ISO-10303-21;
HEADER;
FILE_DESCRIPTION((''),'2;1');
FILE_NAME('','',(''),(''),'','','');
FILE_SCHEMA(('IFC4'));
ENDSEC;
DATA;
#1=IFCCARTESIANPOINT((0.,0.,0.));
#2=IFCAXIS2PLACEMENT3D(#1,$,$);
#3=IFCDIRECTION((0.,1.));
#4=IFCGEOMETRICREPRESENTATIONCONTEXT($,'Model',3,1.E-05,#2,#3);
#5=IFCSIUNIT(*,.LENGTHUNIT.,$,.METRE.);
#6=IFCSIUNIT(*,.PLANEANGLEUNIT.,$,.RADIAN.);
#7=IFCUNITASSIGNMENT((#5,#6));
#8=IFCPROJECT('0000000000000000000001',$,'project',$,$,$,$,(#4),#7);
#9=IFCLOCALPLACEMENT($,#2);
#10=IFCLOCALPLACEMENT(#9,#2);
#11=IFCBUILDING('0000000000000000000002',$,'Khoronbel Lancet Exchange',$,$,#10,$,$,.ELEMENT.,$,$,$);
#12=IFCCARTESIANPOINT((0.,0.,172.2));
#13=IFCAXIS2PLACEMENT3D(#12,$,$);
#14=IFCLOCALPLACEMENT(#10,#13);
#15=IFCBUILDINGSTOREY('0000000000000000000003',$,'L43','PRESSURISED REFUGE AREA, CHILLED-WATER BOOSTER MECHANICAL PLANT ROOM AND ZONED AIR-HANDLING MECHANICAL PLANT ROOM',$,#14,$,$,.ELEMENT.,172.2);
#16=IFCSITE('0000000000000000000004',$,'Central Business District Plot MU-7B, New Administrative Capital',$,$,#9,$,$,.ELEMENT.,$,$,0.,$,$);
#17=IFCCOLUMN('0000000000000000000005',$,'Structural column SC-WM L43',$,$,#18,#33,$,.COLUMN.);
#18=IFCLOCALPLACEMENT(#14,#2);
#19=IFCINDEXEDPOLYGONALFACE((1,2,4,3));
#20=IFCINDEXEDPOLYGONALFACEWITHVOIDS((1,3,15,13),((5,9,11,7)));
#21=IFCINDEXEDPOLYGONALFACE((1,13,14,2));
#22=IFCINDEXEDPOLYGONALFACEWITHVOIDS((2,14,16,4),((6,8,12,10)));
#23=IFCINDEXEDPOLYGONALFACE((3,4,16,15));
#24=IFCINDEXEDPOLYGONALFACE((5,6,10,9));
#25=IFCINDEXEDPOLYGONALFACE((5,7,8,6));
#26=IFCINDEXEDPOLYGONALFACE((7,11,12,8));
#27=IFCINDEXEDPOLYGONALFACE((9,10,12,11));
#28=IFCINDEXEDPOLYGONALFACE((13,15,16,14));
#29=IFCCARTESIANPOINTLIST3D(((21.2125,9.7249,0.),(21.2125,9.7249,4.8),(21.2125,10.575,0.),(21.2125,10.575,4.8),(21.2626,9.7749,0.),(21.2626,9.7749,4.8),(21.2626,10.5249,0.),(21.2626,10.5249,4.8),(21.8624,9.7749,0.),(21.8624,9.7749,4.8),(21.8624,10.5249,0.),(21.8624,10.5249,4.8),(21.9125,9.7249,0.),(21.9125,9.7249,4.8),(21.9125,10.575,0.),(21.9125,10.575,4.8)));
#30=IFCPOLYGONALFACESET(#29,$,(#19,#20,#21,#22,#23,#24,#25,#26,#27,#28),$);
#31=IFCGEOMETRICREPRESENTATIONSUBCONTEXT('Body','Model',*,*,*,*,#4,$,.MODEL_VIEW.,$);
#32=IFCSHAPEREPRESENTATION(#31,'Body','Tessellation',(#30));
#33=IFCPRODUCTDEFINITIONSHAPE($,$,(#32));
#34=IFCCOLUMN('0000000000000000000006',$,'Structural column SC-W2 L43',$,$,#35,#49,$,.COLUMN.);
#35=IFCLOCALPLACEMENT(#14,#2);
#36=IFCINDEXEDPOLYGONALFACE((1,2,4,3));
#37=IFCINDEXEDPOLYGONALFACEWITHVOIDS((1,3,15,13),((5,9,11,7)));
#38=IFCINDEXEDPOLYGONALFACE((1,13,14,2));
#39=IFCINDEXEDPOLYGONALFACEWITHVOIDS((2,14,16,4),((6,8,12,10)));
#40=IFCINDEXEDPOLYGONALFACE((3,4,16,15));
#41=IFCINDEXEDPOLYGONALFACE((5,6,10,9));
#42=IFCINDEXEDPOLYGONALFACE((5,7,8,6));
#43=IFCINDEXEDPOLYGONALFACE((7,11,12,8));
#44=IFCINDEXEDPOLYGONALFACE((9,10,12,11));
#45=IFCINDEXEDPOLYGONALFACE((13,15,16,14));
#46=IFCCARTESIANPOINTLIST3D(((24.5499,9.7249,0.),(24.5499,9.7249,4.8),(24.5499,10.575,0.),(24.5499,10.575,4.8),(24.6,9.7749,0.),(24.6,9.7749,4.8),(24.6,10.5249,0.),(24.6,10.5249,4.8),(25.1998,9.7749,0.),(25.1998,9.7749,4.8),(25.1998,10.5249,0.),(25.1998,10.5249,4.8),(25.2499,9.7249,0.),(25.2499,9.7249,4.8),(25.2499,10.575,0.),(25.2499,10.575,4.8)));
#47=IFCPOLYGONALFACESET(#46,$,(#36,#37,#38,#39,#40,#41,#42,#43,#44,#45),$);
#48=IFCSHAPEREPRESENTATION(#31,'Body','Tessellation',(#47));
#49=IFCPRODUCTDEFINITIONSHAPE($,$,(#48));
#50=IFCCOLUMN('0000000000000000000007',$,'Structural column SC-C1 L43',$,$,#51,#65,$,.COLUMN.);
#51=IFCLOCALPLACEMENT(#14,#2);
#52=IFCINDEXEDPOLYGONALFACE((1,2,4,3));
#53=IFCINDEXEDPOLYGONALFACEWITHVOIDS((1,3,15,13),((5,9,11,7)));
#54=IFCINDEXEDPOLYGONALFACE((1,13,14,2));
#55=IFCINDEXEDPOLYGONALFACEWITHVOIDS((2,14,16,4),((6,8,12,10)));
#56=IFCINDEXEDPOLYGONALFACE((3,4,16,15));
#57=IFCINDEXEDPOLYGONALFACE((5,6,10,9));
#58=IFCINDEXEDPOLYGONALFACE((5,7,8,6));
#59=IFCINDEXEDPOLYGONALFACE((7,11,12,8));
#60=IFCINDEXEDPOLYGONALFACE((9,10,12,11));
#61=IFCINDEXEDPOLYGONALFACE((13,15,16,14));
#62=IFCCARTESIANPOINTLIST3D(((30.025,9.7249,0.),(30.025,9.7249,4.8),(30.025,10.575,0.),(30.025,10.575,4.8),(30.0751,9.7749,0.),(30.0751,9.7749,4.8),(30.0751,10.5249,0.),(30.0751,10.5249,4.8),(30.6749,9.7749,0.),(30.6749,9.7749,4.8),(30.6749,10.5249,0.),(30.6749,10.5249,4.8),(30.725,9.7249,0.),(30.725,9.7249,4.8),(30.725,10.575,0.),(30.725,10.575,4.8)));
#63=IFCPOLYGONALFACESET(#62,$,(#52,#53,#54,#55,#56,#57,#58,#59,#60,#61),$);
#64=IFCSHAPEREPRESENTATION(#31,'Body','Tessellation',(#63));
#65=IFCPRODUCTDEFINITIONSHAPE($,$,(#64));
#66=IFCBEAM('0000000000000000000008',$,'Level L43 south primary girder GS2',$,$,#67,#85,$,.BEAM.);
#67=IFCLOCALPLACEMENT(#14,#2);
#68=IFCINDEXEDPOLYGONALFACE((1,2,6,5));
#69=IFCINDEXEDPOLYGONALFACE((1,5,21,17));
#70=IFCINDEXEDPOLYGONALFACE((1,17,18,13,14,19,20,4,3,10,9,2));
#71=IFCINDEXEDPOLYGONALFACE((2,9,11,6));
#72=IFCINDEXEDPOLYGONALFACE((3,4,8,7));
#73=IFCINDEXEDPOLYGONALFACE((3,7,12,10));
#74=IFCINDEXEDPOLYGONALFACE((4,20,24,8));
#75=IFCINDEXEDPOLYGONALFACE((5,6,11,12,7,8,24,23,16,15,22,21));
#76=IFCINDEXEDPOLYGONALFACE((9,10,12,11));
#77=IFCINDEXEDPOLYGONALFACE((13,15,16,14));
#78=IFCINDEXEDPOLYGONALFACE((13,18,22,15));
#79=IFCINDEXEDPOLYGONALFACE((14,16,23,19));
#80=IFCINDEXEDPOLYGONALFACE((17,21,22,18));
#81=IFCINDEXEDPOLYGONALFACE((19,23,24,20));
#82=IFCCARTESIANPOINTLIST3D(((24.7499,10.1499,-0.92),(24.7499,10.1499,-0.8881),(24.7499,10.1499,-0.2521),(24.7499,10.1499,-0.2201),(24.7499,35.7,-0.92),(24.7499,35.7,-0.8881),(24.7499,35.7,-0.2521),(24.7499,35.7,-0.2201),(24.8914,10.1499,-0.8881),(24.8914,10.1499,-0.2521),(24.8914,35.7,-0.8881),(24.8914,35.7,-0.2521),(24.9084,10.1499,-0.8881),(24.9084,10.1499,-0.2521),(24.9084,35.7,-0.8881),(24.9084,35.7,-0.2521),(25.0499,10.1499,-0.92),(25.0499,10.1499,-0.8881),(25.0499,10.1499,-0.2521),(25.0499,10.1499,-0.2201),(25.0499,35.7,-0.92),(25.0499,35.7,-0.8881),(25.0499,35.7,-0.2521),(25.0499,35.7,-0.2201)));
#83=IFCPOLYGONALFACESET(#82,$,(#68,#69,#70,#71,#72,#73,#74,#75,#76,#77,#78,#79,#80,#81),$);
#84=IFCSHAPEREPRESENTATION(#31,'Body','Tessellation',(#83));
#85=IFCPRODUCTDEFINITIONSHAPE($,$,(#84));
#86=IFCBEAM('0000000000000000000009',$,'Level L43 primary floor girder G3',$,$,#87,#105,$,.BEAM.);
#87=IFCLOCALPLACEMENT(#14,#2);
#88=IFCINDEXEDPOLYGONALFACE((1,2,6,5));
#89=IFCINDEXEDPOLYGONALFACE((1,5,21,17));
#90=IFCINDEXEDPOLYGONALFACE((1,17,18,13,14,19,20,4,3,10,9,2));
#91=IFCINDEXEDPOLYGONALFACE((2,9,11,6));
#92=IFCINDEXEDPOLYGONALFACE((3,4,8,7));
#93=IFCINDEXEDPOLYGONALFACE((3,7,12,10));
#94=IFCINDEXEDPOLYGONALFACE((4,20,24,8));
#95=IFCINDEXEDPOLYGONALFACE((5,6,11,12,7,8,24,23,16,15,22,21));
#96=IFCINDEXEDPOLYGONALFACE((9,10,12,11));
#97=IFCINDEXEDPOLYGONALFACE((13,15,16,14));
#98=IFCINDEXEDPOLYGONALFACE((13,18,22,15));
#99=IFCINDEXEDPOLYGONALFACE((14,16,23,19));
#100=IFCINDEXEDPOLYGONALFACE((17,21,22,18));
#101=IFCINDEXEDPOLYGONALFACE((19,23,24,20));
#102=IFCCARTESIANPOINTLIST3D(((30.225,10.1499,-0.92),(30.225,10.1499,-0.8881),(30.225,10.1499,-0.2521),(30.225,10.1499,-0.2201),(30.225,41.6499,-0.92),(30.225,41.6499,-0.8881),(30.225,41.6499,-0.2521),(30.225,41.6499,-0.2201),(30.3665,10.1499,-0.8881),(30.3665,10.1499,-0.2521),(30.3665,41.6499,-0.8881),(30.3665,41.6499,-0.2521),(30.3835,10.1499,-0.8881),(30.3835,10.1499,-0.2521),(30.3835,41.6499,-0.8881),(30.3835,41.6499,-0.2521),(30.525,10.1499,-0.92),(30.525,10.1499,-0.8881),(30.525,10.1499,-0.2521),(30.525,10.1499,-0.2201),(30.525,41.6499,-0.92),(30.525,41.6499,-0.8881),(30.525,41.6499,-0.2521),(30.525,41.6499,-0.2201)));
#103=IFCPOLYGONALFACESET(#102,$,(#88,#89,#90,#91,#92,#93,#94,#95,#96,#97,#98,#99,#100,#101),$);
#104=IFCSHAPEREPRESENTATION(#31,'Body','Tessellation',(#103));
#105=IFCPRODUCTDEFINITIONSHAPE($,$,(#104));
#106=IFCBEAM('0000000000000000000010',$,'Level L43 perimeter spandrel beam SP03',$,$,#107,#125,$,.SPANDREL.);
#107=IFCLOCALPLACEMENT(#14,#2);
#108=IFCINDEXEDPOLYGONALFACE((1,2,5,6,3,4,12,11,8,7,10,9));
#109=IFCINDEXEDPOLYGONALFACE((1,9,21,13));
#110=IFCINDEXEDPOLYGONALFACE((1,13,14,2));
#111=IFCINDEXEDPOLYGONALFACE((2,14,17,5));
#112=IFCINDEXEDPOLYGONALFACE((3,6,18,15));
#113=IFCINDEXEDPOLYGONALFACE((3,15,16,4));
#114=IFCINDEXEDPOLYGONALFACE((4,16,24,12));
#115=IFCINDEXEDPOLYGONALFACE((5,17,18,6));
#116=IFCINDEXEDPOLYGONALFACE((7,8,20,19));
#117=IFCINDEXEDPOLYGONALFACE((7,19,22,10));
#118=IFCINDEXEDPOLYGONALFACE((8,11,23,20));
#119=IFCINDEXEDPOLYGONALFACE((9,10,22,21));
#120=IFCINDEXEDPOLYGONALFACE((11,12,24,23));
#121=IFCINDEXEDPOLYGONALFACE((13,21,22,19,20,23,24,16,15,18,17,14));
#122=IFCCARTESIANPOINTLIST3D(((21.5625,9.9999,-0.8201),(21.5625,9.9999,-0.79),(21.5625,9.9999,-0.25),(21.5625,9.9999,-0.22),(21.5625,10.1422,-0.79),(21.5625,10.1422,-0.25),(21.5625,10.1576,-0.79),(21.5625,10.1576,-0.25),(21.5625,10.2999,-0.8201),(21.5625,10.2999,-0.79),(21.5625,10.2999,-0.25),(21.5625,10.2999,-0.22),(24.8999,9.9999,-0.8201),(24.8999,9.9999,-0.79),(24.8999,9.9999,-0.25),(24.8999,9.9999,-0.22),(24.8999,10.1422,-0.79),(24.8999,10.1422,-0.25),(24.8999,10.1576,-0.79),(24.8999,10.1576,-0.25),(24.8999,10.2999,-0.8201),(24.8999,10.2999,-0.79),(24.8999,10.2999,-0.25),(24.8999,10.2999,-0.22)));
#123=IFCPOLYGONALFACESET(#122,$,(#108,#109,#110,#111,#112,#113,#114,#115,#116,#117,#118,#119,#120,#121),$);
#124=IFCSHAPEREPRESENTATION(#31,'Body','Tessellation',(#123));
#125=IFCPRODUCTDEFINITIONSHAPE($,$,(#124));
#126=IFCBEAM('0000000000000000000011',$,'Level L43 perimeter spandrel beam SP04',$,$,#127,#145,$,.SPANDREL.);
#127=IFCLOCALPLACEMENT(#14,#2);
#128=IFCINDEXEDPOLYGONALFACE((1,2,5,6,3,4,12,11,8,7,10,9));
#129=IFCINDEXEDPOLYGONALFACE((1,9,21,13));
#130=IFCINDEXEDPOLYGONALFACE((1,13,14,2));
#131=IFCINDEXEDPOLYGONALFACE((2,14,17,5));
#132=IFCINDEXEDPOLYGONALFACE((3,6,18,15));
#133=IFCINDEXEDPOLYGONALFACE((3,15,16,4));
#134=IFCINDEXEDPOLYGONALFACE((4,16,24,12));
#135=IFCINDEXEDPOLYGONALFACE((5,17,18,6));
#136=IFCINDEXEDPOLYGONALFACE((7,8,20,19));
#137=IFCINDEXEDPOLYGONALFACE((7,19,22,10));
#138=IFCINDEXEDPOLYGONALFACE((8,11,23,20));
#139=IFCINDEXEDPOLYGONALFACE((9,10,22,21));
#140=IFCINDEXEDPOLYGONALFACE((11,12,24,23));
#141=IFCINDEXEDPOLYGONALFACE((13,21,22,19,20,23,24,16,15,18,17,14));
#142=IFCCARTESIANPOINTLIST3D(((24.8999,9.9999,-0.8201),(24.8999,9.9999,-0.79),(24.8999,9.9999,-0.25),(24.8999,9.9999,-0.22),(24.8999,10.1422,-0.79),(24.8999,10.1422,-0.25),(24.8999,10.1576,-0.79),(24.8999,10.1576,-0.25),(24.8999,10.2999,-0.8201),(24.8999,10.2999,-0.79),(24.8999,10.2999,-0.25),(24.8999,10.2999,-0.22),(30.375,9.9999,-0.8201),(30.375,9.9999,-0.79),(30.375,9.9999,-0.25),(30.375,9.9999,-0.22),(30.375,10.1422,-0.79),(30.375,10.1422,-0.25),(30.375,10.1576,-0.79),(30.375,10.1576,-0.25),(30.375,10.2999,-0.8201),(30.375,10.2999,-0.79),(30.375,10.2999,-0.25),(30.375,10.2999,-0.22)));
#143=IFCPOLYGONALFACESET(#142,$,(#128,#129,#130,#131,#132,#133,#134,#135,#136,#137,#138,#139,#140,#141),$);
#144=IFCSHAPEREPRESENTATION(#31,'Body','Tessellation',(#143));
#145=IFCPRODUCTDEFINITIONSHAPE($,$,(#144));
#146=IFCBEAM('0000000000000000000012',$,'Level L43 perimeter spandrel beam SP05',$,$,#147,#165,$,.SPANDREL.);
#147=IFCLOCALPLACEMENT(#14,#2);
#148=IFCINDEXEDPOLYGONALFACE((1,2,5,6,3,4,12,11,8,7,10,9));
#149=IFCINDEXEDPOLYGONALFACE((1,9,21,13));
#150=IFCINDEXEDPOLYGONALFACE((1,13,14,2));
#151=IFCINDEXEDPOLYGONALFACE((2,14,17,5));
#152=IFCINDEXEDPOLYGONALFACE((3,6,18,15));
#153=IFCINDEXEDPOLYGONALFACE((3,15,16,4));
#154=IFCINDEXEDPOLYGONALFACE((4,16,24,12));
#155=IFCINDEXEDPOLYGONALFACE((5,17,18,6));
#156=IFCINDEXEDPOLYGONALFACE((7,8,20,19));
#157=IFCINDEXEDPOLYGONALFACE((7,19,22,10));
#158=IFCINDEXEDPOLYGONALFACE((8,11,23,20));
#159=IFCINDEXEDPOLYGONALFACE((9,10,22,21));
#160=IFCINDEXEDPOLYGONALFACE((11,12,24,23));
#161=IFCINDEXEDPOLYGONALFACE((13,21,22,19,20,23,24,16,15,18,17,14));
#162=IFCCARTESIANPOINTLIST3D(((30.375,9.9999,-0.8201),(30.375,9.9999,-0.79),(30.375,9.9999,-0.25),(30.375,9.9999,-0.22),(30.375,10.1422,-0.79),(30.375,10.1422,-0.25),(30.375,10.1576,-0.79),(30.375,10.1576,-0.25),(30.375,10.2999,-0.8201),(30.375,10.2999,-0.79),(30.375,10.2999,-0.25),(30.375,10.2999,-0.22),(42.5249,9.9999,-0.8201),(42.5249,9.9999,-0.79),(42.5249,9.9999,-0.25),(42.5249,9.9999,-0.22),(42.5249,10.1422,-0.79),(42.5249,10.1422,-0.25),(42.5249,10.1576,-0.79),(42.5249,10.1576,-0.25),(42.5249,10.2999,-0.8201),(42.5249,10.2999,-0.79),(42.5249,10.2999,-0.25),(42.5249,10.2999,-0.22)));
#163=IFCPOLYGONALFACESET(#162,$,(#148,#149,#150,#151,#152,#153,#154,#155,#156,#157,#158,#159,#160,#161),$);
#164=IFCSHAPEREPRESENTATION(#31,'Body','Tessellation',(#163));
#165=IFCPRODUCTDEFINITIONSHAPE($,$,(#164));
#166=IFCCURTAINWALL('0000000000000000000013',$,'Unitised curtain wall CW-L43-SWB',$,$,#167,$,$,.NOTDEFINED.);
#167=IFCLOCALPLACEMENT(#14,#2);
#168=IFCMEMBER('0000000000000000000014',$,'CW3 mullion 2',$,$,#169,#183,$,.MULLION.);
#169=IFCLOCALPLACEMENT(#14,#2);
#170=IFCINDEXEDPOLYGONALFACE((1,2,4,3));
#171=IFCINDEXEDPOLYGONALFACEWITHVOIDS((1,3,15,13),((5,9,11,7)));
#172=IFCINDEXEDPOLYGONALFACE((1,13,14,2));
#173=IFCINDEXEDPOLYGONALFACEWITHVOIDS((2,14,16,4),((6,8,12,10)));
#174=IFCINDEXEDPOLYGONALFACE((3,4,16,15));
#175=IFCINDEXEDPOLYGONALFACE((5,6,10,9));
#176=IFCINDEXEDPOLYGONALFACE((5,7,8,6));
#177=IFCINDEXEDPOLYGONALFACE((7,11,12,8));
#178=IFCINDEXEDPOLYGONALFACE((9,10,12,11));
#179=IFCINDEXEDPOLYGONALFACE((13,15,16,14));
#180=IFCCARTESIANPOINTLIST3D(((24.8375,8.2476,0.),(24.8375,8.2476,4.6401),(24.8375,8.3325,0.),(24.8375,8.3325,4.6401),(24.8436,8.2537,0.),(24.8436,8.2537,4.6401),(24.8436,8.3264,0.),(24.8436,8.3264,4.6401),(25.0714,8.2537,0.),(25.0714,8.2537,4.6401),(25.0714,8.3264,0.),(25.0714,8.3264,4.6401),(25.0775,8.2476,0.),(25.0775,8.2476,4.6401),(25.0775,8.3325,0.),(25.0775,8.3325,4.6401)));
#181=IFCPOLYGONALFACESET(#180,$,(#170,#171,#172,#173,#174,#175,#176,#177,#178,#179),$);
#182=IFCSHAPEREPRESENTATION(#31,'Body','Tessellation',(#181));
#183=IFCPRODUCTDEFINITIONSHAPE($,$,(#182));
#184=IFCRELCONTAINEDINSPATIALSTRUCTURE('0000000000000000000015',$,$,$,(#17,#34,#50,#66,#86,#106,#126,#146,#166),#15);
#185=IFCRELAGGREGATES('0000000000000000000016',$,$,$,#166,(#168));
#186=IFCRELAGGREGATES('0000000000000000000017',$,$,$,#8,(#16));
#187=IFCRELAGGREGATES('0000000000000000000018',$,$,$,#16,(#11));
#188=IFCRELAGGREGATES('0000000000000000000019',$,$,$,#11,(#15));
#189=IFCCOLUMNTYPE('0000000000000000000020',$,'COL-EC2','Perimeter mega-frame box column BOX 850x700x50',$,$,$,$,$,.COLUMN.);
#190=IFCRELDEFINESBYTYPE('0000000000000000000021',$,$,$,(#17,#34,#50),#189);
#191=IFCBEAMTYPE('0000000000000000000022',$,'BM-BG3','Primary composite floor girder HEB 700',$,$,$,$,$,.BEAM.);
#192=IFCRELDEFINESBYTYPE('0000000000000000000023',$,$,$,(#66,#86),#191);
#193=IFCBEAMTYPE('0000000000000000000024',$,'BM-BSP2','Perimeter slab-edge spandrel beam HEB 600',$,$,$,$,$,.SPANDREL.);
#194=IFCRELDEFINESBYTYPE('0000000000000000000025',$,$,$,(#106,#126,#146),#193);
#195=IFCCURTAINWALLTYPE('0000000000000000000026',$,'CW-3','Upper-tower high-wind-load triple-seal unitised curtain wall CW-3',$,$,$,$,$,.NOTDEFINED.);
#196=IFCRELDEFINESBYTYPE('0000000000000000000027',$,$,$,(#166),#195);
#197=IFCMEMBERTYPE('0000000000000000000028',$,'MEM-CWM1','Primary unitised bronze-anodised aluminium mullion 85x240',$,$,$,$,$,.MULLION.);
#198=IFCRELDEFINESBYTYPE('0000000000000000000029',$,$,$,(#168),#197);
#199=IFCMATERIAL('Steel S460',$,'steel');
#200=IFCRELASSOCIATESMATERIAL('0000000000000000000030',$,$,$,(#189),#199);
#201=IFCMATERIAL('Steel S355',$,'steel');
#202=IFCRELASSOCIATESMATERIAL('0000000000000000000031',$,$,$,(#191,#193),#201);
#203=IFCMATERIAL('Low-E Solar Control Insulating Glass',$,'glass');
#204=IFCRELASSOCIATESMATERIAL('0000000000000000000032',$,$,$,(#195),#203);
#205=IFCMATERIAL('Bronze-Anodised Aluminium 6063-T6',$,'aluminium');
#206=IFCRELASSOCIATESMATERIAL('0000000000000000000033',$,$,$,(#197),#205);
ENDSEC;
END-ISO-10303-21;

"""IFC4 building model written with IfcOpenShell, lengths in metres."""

from ifc_helpers import new_model, si_unit, direction, frame, origin, origin_2d, place, context, subcontext, project, spatial, hollow_rectangle, i_section, extrude, material, material_profile, profile_set, type_object, element, aggregate, save


model = new_model("IFC4")

# Units and contexts
model_context = context("Model", 3, precision=1e-05, world=origin(), true_north=direction((0.0, 1.0)))
body_context = subcontext(model_context, "Body", "Model", "MODEL_VIEW")
ifc_project = project(units=[si_unit("LENGTHUNIT", "METRE"), si_unit("PLANEANGLEUNIT", "RADIAN")], contexts=[model_context])

# Site, building, storey
site_placement = place(None, origin())
site = spatial("IfcSite", under=ifc_project, at=site_placement, Name="Central Business District Plot MU-7B, New Administrative Capital", CompositionType="ELEMENT", RefElevation=0.0)
building_placement = place(site_placement, origin())
building = spatial("IfcBuilding", under=site, at=building_placement, Name="Khoronbel Lancet Exchange", CompositionType="ELEMENT")
storey_placement = place(building_placement, frame((0.0, 0.0, 172.2)))
storey = spatial("IfcBuildingStorey", under=building, at=storey_placement, Name="L43", Description="PRESSURISED REFUGE AREA, CHILLED-WATER BOOSTER MECHANICAL PLANT ROOM AND ZONED AIR-HANDLING MECHANICAL PLANT ROOM", CompositionType="ELEMENT", Elevation=172.2)

# Columns
ifc_material_1 = material(Name="Steel S460", Category="steel")
ifc_material_profile_1 = material_profile(ifc_material_1, hollow_rectangle(XDim=0.7, YDim=0.8501, WallThickness=0.05, at=origin_2d()), Name="BOX 850x700x50")
ifc_profile_set_1 = profile_set([ifc_material_profile_1], Name="Steel S460")
column_type = type_object("IfcColumnType", Name="COL-EC2", Description="Perimeter mega-frame box column BOX 850x700x50", PredefinedType="COLUMN", material=ifc_profile_set_1)
for number, where, z_axis, x_axis, name in (
    (1, (21.5625, 10.1499, 0.0), (0.0, 0.0, 1.0), (1.0, 0.0, 0.0), "Structural column SC-WM L43"),
    (2, (24.8999, 10.1499, 0.0), (0.0, 0.0, 1.0), (1.0, 0.0, 0.0), "Structural column SC-W2 L43"),
    (3, (30.375, 10.1499, 0.0), (0.0, 0.0, 1.0), (1.0, 0.0, 0.0), "Structural column SC-C1 L43"),
):
    element("IfcColumn", number, at=place(storey_placement, frame(where, z_axis=z_axis, x_axis=x_axis)), inside=storey, type_object=column_type, Name=name, PredefinedType="COLUMN", context=body_context, shape_type="SweptSolid", body=[
        extrude(hollow_rectangle(XDim=0.7, YDim=0.8501, WallThickness=0.05, at=origin_2d()), origin(), (0.0, 0.0, 1.0), 4.8),
    ])

# Beams
ifc_material_2 = material(Name="Steel S355", Category="steel")
ifc_material_profile_2 = material_profile(ifc_material_2, i_section(OverallWidth=0.3, OverallDepth=0.7, WebThickness=0.0171, FlangeThickness=0.032, at=origin_2d()), Name="HEB 700")
ifc_profile_set_2 = profile_set([ifc_material_profile_2], Name="Steel S355")
beam_type_1 = type_object("IfcBeamType", Name="BM-BG3", Description="Primary composite floor girder HEB 700", PredefinedType="BEAM", material=ifc_profile_set_2)
beam_1_placement = place(storey_placement, frame((24.8999, 10.1499, -0.5701), z_axis=(0.0, 1.0, 0.0), x_axis=(-1.0, 0.0, 0.0)))
element("IfcBeam", 4, at=beam_1_placement, inside=storey, type_object=beam_type_1, Name="Level L43 south primary girder GS2", PredefinedType="BEAM", context=body_context, shape_type="SweptSolid", body=[
    extrude(i_section(OverallWidth=0.3, OverallDepth=0.7, WebThickness=0.0171, FlangeThickness=0.032, at=origin_2d()), origin(), (0.0, 0.0, 1.0), 25.55),
])
beam_2_placement = place(storey_placement, frame((30.375, 10.1499, -0.5701), z_axis=(0.0, 1.0, 0.0), x_axis=(-1.0, 0.0, 0.0)))
element("IfcBeam", 5, at=beam_2_placement, inside=storey, type_object=beam_type_1, Name="Level L43 primary floor girder G3", PredefinedType="BEAM", context=body_context, shape_type="SweptSolid", body=[
    extrude(i_section(OverallWidth=0.3, OverallDepth=0.7, WebThickness=0.0171, FlangeThickness=0.032, at=origin_2d()), origin(), (0.0, 0.0, 1.0), 31.5),
])
ifc_material_profile_3 = material_profile(ifc_material_2, i_section(OverallWidth=0.3, OverallDepth=0.6001, WebThickness=0.0154, FlangeThickness=0.03, at=origin_2d()), Name="HEB 600")
ifc_profile_set_3 = profile_set([ifc_material_profile_3], Name="Steel S355")
beam_type_2 = type_object("IfcBeamType", Name="BM-BSP2", Description="Perimeter slab-edge spandrel beam HEB 600", PredefinedType="SPANDREL", material=ifc_profile_set_3)
beam_3_placement = place(storey_placement, frame((21.5625, 10.1499, -0.52), z_axis=(1.0, 0.0, 0.0), x_axis=(0.0, 1.0, 0.0)))
element("IfcBeam", 6, at=beam_3_placement, inside=storey, type_object=beam_type_2, Name="Level L43 perimeter spandrel beam SP03", PredefinedType="SPANDREL", context=body_context, shape_type="SweptSolid", body=[
    extrude(i_section(OverallWidth=0.3, OverallDepth=0.6001, WebThickness=0.0154, FlangeThickness=0.03, at=origin_2d()), origin(), (0.0, 0.0, 1.0), 3.3374),
])
beam_4_placement = place(storey_placement, frame((24.8999, 10.1499, -0.52), z_axis=(1.0, 0.0, 0.0), x_axis=(0.0, 1.0, 0.0)))
element("IfcBeam", 7, at=beam_4_placement, inside=storey, type_object=beam_type_2, Name="Level L43 perimeter spandrel beam SP04", PredefinedType="SPANDREL", context=body_context, shape_type="SweptSolid", body=[
    extrude(i_section(OverallWidth=0.3, OverallDepth=0.6001, WebThickness=0.0154, FlangeThickness=0.03, at=origin_2d()), origin(), (0.0, 0.0, 1.0), 5.4751),
])
beam_5_placement = place(storey_placement, frame((30.375, 10.1499, -0.52), z_axis=(1.0, 0.0, 0.0), x_axis=(0.0, 1.0, 0.0)))
element("IfcBeam", 8, at=beam_5_placement, inside=storey, type_object=beam_type_2, Name="Level L43 perimeter spandrel beam SP05", PredefinedType="SPANDREL", context=body_context, shape_type="SweptSolid", body=[
    extrude(i_section(OverallWidth=0.3, OverallDepth=0.6001, WebThickness=0.0154, FlangeThickness=0.03, at=origin_2d()), origin(), (0.0, 0.0, 1.0), 12.1499),
])

# Curtain wall, member
ifc_material_3 = material(Name="Low-E Solar Control Insulating Glass", Category="glass")
curtain_wall_type = type_object("IfcCurtainWallType", Name="CW-3", Description="Upper-tower high-wind-load triple-seal unitised curtain wall CW-3", PredefinedType="NOTDEFINED", material=ifc_material_3)
curtain_wall_1_placement = place(storey_placement, origin())
curtain_wall_1 = element("IfcCurtainWall", 9, at=curtain_wall_1_placement, inside=storey, type_object=curtain_wall_type, Name="Unitised curtain wall CW-L43-SWB", PredefinedType="NOTDEFINED")
ifc_material_4 = material(Name="Bronze-Anodised Aluminium 6063-T6", Category="aluminium")
ifc_material_profile_4 = material_profile(ifc_material_4, hollow_rectangle(XDim=0.085, YDim=0.24, WallThickness=0.0061, at=origin_2d()), Name="ALU MULLION 85x240")
ifc_profile_set_4 = profile_set([ifc_material_profile_4], Name="Bronze-Anodised Aluminium 6063-T6")
member_type_1 = type_object("IfcMemberType", Name="MEM-CWM1", Description="Primary unitised bronze-anodised aluminium mullion 85x240", PredefinedType="MULLION", material=ifc_profile_set_4)
member_1_placement = place(storey_placement, frame((24.9575, 8.29, 0.0), z_axis=(0.0, 0.0, 1.0), x_axis=(0.0, 1.0, 0.0)))
member_1 = element("IfcMember", 10, at=member_1_placement, type_object=member_type_1, Name="CW3 mullion 2", PredefinedType="MULLION", context=body_context, shape_type="SweptSolid", body=[
    extrude(hollow_rectangle(XDim=0.085, YDim=0.24, WallThickness=0.0061, at=origin_2d()), origin(), (0.0, 0.0, 1.0), 4.6401),
])

aggregate(curtain_wall_1, [member_1])

save(model, "model.ifc")
